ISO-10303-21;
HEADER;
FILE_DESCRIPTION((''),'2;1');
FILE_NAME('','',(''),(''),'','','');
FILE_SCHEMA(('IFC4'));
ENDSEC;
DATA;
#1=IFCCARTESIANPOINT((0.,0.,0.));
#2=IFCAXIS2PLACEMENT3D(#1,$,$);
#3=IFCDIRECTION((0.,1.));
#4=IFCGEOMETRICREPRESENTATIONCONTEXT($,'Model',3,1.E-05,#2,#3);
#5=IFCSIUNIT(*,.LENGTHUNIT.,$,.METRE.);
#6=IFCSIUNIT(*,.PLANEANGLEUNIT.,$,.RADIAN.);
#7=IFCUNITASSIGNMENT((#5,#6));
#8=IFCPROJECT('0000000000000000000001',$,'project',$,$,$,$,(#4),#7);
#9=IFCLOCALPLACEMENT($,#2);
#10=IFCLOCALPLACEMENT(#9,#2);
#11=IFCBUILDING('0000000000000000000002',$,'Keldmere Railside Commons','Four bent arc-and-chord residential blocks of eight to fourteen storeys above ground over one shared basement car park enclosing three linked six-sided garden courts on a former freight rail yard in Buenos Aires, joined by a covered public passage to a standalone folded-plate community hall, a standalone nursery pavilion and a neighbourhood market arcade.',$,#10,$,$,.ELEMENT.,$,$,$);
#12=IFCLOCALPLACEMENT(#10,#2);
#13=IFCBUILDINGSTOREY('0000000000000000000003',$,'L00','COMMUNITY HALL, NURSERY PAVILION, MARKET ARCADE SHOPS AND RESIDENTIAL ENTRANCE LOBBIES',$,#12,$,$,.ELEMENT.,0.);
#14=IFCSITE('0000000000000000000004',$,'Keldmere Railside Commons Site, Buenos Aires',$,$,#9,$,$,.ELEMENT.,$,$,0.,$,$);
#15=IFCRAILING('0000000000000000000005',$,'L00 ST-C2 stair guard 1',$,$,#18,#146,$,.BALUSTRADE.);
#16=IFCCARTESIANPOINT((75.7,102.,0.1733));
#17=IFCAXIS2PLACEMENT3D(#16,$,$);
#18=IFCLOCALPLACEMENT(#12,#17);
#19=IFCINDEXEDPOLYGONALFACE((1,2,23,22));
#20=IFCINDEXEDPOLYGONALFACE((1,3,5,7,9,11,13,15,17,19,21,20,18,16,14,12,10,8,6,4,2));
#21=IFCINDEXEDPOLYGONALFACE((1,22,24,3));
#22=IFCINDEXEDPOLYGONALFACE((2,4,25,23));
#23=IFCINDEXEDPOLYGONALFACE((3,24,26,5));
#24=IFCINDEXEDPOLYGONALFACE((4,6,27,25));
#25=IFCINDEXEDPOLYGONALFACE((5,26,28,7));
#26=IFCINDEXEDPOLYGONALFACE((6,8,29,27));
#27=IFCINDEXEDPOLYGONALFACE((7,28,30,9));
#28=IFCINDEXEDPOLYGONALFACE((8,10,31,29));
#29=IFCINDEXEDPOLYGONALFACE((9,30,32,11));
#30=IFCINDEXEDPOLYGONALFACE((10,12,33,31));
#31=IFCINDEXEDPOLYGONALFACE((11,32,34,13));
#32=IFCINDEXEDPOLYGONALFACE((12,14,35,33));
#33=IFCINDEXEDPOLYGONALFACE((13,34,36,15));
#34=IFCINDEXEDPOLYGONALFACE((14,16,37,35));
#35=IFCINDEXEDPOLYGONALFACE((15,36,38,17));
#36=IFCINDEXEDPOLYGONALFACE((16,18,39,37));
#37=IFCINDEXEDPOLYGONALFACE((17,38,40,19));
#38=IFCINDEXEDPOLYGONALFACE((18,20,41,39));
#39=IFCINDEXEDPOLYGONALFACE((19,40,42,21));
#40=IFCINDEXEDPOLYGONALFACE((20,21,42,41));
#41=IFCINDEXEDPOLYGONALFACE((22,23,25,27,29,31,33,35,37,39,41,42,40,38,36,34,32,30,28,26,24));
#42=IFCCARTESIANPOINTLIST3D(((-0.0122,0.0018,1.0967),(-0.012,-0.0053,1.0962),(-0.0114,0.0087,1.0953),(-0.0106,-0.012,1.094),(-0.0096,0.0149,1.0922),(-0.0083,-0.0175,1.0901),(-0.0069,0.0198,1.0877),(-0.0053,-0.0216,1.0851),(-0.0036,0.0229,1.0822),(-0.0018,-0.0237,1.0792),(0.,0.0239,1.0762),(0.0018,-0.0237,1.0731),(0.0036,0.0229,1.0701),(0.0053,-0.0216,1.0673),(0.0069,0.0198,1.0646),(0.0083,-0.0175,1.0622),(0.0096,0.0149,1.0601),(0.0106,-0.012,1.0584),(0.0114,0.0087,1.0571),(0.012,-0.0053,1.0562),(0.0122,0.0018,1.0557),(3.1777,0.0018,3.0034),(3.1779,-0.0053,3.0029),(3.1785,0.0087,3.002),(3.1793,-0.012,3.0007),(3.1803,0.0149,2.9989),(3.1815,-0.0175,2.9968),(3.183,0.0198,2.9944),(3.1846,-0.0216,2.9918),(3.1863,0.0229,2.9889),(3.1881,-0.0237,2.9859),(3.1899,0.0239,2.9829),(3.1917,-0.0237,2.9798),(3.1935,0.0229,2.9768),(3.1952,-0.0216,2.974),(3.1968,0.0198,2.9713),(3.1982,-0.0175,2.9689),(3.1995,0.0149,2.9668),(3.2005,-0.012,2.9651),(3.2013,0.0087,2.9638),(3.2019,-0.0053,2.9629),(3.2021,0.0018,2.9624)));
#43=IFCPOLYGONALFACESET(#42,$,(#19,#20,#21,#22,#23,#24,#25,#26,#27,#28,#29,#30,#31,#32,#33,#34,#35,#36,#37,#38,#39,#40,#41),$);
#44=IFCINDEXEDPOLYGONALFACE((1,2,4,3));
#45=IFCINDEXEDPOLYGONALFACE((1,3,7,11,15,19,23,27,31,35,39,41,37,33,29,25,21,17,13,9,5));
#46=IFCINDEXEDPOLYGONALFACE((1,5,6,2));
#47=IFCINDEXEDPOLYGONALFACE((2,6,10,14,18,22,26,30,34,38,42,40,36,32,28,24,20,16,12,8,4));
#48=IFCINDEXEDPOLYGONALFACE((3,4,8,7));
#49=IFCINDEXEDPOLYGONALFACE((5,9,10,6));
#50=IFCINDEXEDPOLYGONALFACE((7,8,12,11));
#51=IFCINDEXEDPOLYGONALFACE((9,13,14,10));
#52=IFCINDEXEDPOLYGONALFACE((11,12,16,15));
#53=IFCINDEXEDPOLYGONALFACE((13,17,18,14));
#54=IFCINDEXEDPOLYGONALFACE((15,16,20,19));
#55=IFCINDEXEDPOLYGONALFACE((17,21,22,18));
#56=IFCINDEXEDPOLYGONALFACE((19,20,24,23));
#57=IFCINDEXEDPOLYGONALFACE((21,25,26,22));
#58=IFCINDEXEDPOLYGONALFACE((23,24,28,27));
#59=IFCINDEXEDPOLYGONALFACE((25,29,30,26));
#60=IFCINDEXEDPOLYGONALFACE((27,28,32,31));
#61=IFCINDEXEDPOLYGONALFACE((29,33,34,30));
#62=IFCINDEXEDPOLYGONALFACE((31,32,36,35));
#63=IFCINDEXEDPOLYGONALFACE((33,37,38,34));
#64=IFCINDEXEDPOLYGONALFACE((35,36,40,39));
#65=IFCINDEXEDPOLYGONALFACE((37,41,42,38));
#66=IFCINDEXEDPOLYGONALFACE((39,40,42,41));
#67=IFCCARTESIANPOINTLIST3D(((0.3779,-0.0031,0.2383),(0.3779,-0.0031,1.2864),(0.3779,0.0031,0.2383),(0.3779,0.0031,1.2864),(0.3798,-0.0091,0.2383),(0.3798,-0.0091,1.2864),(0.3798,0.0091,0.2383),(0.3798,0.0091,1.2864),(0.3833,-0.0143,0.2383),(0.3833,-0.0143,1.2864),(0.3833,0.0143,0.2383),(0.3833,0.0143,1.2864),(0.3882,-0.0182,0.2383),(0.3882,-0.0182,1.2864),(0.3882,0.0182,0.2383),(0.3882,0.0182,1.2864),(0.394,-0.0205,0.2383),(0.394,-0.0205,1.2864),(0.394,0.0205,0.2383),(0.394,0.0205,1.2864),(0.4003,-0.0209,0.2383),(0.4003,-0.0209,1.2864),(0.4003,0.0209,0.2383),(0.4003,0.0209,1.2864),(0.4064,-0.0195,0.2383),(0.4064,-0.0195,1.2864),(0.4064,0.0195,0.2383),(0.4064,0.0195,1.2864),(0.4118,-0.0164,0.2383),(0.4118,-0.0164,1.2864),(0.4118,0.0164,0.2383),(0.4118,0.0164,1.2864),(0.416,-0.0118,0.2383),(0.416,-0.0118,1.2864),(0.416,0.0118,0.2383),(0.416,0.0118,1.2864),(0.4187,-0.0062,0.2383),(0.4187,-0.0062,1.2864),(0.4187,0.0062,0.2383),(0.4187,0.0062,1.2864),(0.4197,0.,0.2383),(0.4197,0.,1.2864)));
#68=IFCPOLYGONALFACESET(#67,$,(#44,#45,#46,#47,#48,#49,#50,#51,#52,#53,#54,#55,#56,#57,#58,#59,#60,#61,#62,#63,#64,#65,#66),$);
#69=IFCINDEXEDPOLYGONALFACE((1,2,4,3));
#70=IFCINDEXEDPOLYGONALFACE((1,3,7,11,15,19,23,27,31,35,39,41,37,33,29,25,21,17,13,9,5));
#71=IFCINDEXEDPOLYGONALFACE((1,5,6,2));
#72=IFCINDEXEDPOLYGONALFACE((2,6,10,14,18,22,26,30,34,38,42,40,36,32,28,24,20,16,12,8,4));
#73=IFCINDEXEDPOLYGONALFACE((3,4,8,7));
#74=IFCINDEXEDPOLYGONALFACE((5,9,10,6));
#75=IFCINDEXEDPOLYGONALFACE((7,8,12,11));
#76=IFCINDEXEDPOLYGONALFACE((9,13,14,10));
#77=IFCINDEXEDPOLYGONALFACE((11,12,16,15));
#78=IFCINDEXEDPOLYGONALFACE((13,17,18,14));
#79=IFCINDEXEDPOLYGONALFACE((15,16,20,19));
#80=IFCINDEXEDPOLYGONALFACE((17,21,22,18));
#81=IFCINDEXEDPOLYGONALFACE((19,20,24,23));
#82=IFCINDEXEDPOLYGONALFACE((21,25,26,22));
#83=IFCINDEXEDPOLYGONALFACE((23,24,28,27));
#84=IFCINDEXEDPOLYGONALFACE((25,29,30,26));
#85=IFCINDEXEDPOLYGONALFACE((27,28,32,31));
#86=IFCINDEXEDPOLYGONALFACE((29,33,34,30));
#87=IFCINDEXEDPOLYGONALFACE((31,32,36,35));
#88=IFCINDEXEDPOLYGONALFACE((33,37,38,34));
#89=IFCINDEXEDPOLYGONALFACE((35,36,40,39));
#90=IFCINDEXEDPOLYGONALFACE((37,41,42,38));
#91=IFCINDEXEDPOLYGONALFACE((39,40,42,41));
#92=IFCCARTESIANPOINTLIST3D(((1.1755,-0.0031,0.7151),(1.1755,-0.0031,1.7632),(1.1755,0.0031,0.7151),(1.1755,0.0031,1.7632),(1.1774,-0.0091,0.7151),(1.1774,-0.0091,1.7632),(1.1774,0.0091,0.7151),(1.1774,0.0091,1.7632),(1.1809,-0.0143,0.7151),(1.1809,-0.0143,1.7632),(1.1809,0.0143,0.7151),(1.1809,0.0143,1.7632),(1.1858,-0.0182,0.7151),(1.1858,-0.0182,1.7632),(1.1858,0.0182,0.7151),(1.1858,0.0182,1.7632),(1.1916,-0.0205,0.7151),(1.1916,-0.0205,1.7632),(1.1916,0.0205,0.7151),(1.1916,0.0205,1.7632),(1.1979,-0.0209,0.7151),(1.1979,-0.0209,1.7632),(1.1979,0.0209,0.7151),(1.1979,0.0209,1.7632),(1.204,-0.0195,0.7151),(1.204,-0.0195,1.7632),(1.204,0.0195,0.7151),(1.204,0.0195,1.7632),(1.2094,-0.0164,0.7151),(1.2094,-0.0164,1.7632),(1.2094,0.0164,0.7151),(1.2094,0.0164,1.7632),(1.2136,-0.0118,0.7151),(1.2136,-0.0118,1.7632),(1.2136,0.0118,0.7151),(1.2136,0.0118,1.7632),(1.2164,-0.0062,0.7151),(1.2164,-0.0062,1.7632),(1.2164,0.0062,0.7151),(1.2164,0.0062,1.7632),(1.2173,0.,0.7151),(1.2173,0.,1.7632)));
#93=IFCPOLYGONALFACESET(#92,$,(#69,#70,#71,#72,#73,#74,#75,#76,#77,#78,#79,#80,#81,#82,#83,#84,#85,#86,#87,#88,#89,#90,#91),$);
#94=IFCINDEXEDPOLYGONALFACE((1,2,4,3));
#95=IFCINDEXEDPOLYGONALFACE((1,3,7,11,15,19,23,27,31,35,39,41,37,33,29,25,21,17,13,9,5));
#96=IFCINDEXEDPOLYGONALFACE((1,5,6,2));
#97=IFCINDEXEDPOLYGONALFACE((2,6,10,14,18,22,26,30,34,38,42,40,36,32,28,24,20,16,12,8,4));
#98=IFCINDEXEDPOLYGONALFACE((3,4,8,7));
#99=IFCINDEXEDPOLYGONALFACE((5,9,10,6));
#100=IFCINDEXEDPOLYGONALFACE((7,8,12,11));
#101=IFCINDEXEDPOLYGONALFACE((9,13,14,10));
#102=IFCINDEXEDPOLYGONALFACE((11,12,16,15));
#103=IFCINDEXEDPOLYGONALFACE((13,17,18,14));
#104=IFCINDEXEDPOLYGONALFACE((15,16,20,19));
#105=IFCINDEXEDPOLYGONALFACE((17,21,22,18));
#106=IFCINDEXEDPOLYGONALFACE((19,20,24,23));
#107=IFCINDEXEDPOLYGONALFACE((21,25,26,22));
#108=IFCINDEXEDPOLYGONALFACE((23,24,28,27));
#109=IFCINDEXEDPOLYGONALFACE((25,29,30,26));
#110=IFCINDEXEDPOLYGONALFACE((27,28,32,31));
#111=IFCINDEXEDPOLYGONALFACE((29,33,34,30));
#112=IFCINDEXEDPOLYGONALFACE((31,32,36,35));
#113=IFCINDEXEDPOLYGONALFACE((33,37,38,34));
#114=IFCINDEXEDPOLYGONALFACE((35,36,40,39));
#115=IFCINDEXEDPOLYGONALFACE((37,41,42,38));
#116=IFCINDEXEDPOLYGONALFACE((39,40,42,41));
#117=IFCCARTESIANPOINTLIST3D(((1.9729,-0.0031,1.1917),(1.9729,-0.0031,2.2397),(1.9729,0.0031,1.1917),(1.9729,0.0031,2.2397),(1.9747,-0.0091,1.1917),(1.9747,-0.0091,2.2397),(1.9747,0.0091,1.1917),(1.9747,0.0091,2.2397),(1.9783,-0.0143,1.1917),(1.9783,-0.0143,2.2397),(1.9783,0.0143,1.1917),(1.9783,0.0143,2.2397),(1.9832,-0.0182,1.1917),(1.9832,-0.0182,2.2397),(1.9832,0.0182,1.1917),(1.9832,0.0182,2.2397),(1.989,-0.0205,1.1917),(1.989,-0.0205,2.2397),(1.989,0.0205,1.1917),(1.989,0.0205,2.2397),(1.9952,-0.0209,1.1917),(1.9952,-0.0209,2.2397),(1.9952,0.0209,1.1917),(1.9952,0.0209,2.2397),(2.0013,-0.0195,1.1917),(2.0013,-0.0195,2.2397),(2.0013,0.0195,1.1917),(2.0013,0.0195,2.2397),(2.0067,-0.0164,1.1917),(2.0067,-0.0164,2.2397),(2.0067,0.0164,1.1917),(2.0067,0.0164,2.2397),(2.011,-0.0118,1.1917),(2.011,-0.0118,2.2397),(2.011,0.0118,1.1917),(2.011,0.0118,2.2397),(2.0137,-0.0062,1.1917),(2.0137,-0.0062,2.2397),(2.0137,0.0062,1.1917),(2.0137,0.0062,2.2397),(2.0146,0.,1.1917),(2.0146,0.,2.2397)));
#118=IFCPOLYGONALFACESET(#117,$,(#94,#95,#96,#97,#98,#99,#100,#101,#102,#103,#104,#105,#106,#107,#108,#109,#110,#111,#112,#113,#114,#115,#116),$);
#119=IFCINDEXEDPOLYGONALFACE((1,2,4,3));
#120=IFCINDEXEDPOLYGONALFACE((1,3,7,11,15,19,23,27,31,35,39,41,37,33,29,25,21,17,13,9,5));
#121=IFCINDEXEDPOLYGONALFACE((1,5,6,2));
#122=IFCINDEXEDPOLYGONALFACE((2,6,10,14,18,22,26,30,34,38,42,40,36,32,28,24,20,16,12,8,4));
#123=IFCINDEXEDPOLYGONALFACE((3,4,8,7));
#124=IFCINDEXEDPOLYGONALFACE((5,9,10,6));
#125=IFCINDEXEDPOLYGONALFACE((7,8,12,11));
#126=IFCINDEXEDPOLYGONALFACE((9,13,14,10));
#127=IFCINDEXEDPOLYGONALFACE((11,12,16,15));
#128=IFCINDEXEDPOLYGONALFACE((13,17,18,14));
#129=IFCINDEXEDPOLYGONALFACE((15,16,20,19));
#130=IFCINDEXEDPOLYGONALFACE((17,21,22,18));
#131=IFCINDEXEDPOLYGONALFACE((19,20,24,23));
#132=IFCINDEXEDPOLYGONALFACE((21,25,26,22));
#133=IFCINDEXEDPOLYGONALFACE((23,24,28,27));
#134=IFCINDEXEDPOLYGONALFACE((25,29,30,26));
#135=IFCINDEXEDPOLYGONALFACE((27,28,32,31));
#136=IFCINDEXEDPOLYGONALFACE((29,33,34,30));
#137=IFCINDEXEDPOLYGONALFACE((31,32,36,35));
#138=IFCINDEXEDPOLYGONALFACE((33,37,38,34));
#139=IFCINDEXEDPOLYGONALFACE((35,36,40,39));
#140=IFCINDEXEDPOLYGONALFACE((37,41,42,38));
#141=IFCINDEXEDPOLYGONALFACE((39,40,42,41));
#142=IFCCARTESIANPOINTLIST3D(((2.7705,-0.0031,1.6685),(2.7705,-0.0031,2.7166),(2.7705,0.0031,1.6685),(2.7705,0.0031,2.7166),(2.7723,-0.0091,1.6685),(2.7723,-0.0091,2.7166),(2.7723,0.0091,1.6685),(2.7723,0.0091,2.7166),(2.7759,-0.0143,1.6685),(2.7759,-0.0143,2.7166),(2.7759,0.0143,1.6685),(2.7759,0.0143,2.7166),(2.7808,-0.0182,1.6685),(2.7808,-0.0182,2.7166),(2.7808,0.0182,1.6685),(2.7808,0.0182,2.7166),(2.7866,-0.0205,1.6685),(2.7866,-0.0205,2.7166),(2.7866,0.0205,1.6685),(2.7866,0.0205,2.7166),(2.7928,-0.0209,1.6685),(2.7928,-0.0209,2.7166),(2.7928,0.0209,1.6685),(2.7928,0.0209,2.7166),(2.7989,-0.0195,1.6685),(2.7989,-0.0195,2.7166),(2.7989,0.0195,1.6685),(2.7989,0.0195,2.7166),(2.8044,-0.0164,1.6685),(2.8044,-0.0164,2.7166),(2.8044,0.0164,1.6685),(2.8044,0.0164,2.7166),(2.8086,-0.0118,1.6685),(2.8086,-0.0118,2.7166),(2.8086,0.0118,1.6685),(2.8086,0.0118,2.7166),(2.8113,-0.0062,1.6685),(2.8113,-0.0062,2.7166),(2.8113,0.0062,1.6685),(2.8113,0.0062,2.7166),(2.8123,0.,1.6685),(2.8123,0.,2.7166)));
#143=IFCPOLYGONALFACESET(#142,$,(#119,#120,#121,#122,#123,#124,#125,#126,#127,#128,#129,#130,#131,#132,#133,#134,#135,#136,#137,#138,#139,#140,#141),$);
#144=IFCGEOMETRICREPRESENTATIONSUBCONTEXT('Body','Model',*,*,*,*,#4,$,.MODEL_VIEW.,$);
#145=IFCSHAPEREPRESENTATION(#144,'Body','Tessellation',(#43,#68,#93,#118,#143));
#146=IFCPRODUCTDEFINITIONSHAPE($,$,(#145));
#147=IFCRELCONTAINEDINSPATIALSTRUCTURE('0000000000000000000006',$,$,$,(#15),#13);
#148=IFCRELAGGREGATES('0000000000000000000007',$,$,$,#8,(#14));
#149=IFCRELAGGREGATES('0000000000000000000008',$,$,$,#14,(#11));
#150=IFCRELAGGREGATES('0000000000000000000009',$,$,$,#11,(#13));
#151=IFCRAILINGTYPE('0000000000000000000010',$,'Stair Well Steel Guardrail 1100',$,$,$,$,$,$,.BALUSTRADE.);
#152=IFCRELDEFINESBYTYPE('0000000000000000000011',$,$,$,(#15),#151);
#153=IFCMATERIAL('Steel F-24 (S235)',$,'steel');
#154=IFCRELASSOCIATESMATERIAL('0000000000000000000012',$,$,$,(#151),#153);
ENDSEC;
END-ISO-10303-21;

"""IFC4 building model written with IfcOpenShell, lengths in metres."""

from ifc_helpers import new_model, si_unit, direction, frame, origin, origin_2d, place, context, subcontext, project, spatial, circle, extrude, material, type_object, element, save


model = new_model("IFC4")

# Units and contexts
model_context = context("Model", 3, precision=1e-05, world=origin(), true_north=direction((0.0, 1.0)))
body_context = subcontext(model_context, "Body", "Model", "MODEL_VIEW")
ifc_project = project(units=[si_unit("LENGTHUNIT", "METRE"), si_unit("PLANEANGLEUNIT", "RADIAN")], contexts=[model_context])

# Site, building, storey
site_placement = place(None, origin())
site = spatial("IfcSite", under=ifc_project, at=site_placement, Name="Keldmere Railside Commons Site, Buenos Aires", CompositionType="ELEMENT", RefElevation=0.0)
building_placement = place(site_placement, origin())
building = spatial("IfcBuilding", under=site, at=building_placement, Name="Keldmere Railside Commons", Description="Four bent arc-and-chord residential blocks of eight to fourteen storeys above ground over one shared basement car park enclosing three linked six-sided garden courts on a former freight rail yard in Buenos Aires, joined by a covered public passage to a standalone folded-plate community hall, a standalone nursery pavilion and a neighbourhood market arcade.", CompositionType="ELEMENT")
storey_placement = place(building_placement, origin())
storey = spatial("IfcBuildingStorey", under=building, at=storey_placement, Name="L00", Description="COMMUNITY HALL, NURSERY PAVILION, MARKET ARCADE SHOPS AND RESIDENTIAL ENTRANCE LOBBIES", CompositionType="ELEMENT", Elevation=0.0)

# Shared definitions
ifc_material_1 = material(Name="Steel F-24 (S235)", Category="steel")

# Railing
railing_type_1 = type_object("IfcRailingType", Name="Stair Well Steel Guardrail 1100", PredefinedType="BALUSTRADE", material=ifc_material_1)
railing_1_placement = place(storey_placement, frame((75.7, 102.0, 0.1733)))
element("IfcRailing", 1, at=railing_1_placement, inside=storey, type_object=railing_type_1, Name="L00 ST-C2 stair guard 1", PredefinedType="BALUSTRADE", context=body_context, shape_type="SweptSolid", body=[
    extrude(circle(Radius=0.0239, at=origin_2d()), frame((0.0, 0.0, 1.0762), z_axis=(0.85835, 0.0, 0.513065), x_axis=(0.0, 1.0, 0.0)), (0.0, 0.0, 1.0), 3.7163),
    extrude(circle(Radius=0.021, at=origin_2d()), frame((0.3987, 0.0, 0.2383)), (0.0, 0.0, 1.0), 1.0481),
    extrude(circle(Radius=0.021, at=origin_2d()), frame((1.1963, 0.0, 0.7151)), (0.0, 0.0, 1.0), 1.0481),
    extrude(circle(Radius=0.021, at=origin_2d()), frame((1.9937, 0.0, 1.1917)), (0.0, 0.0, 1.0), 1.0481),
    extrude(circle(Radius=0.021, at=origin_2d()), frame((2.7913, 0.0, 1.6685)), (0.0, 0.0, 1.0), 1.0481),
])

save(model, "model.ifc")
